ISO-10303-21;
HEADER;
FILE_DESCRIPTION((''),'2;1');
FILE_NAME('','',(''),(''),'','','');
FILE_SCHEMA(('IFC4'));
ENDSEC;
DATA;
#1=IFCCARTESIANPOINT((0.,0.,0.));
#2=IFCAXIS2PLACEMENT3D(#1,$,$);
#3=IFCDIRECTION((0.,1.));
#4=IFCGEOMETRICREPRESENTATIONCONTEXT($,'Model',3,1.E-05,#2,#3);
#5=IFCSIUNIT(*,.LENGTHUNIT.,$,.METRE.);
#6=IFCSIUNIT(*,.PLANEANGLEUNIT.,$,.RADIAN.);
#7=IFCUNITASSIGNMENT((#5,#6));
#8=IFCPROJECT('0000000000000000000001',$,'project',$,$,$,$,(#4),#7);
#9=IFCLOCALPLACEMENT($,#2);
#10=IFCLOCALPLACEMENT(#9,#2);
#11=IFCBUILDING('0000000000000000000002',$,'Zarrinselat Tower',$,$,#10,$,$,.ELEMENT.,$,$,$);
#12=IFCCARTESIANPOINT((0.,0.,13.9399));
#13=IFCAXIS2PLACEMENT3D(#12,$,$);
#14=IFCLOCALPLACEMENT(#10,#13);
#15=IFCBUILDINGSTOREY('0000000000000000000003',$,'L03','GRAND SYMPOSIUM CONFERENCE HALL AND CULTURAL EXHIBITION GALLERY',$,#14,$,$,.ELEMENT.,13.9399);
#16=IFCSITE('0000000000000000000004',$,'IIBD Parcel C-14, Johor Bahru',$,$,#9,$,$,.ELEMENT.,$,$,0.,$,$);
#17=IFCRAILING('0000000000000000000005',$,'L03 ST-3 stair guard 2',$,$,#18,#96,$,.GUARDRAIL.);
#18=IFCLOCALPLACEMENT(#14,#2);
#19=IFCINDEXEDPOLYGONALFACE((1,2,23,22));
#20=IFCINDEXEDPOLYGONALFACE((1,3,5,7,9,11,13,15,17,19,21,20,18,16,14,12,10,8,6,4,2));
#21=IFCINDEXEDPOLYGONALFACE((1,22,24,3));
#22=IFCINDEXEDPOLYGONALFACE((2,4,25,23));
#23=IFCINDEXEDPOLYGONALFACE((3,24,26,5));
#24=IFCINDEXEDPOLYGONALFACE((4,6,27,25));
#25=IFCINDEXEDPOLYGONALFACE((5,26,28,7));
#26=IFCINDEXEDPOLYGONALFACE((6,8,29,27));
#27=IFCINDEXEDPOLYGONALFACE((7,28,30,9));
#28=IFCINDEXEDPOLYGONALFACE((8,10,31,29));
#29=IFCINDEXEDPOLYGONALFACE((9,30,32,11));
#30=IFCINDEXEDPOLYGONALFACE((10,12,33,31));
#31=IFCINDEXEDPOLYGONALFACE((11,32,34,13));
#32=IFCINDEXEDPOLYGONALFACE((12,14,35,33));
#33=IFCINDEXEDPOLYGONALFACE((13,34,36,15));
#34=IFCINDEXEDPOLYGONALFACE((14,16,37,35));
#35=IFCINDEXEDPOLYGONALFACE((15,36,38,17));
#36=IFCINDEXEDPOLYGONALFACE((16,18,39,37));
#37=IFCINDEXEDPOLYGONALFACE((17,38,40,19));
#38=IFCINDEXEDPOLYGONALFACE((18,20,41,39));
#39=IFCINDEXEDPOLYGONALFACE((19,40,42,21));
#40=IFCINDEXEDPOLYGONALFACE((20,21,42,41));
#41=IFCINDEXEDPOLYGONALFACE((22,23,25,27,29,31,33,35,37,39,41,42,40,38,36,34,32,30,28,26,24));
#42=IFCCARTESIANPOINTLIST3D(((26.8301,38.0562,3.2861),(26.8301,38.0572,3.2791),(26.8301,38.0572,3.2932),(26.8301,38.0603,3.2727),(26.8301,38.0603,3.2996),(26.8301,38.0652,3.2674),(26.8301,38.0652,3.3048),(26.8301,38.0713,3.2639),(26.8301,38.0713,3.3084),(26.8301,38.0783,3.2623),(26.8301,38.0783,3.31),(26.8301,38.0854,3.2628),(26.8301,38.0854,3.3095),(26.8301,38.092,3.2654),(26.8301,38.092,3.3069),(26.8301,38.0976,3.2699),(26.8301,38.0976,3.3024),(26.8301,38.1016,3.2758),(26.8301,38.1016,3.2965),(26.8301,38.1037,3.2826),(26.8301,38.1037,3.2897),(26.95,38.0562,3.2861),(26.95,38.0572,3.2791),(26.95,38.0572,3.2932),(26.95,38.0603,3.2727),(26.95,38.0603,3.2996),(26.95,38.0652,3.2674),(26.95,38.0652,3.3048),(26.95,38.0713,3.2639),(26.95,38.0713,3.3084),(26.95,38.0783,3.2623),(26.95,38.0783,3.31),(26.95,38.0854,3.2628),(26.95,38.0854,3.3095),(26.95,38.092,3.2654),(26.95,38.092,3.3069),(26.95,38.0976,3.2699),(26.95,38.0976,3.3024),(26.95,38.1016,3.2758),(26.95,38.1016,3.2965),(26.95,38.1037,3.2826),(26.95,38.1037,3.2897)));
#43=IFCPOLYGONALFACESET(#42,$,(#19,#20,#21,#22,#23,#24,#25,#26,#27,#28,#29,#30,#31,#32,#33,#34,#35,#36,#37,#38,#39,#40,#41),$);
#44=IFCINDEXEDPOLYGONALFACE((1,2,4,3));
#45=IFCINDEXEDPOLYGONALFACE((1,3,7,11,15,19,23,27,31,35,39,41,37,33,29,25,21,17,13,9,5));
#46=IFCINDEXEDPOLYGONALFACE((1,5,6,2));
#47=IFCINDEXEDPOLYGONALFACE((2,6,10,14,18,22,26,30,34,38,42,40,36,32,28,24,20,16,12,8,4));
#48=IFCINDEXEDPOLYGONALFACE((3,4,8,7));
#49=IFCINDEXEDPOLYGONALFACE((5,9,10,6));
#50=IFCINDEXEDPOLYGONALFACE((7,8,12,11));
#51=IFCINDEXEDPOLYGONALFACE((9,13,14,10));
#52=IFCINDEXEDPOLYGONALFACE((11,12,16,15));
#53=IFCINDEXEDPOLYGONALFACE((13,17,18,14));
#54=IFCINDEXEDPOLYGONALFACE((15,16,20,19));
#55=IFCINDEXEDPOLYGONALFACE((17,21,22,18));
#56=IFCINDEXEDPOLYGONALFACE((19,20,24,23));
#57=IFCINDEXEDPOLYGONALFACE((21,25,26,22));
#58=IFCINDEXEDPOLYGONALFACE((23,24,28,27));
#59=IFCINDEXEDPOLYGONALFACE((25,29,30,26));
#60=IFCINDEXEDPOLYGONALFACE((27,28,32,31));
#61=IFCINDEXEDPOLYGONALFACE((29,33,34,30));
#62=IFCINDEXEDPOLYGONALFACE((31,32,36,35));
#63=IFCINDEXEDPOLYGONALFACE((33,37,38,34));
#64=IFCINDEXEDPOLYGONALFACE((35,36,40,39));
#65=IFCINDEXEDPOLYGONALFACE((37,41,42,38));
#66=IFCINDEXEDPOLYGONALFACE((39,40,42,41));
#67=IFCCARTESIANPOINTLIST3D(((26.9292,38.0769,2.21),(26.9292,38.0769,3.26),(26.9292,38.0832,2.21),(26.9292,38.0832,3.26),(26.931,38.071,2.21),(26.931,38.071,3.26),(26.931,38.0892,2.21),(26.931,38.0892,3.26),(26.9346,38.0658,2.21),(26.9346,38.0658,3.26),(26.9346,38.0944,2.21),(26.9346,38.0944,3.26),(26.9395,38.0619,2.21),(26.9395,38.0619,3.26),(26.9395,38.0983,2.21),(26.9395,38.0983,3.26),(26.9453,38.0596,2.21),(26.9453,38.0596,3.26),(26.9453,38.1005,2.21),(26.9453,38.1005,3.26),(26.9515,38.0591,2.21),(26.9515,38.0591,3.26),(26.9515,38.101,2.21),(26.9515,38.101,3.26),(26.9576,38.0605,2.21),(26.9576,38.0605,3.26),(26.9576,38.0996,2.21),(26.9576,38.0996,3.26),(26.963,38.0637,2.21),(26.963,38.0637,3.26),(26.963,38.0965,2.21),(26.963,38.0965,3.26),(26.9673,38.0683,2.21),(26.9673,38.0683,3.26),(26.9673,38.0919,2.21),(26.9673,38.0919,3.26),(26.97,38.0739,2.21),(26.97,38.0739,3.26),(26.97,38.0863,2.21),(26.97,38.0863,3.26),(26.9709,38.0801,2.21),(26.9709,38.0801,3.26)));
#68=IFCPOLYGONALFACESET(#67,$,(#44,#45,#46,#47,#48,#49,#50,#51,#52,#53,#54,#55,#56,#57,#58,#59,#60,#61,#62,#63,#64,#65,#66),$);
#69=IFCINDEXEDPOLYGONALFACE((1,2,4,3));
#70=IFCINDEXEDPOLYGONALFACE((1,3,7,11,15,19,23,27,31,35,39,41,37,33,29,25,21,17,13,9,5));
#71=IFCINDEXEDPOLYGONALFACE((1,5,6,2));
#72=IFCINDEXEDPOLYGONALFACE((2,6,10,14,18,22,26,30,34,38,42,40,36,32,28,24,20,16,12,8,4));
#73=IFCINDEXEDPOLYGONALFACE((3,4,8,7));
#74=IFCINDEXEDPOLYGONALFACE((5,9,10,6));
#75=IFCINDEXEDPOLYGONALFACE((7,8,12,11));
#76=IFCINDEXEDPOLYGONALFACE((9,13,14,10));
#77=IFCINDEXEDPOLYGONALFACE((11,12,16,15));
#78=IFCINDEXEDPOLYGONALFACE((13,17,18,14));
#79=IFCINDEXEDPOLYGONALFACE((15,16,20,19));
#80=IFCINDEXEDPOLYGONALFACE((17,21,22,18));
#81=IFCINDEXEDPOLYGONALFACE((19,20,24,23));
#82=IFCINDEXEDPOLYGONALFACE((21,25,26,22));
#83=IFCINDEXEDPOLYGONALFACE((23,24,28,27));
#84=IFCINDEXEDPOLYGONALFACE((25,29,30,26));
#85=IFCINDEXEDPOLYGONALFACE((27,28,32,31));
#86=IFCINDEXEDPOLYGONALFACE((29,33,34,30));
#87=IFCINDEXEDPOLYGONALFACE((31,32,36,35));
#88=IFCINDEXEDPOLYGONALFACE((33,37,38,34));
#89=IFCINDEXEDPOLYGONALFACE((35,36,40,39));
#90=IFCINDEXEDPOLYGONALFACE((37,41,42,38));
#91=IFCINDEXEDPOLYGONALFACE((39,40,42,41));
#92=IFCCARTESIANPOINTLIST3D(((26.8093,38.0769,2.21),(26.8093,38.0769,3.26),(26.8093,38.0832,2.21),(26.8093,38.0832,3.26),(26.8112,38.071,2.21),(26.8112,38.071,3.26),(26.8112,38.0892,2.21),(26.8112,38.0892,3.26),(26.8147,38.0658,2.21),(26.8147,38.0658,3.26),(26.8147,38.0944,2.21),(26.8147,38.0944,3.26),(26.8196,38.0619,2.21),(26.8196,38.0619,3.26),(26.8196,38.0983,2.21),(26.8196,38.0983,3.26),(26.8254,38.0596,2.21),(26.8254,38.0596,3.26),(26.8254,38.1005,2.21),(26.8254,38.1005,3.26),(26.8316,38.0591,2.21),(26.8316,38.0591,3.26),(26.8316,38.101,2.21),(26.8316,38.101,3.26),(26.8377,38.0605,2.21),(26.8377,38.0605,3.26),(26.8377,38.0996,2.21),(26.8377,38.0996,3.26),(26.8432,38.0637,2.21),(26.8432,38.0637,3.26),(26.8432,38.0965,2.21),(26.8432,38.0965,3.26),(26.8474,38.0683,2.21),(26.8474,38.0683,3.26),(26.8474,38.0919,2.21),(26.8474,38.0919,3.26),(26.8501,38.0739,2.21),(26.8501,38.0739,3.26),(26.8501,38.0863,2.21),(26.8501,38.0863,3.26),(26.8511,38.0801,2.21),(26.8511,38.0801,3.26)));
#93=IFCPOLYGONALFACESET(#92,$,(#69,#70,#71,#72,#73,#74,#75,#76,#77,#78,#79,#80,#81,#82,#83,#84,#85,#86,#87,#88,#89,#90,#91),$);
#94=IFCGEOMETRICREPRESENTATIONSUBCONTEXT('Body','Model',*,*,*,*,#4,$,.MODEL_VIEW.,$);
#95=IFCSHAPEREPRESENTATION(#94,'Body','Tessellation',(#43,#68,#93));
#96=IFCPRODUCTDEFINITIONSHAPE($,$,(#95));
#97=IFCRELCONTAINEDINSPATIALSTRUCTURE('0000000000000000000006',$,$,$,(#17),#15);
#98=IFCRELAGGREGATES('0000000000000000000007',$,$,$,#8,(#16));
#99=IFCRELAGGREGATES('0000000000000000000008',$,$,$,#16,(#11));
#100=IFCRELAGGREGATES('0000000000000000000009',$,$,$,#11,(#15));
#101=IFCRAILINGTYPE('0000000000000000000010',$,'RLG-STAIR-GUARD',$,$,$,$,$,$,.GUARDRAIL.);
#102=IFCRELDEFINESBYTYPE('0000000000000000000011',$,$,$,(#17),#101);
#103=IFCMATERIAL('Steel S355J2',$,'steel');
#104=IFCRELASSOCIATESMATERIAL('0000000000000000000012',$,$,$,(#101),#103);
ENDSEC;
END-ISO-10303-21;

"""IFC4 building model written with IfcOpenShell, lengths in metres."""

from ifc_helpers import new_model, si_unit, direction, frame, origin, origin_2d, place, context, subcontext, project, spatial, circle, extrude, material, type_object, element, save


model = new_model("IFC4")

# Units and contexts
model_context = context("Model", 3, precision=1e-05, world=origin(), true_north=direction((0.0, 1.0)))
body_context = subcontext(model_context, "Body", "Model", "MODEL_VIEW")
ifc_project = project(units=[si_unit("LENGTHUNIT", "METRE"), si_unit("PLANEANGLEUNIT", "RADIAN")], contexts=[model_context])

# Site, building, storey
site_placement = place(None, origin())
site = spatial("IfcSite", under=ifc_project, at=site_placement, Name="IIBD Parcel C-14, Johor Bahru", CompositionType="ELEMENT", RefElevation=0.0)
building_placement = place(site_placement, origin())
building = spatial("IfcBuilding", under=site, at=building_placement, Name="Zarrinselat Tower", CompositionType="ELEMENT")
storey_placement = place(building_placement, frame((0.0, 0.0, 13.9399)))
storey = spatial("IfcBuildingStorey", under=building, at=storey_placement, Name="L03", Description="GRAND SYMPOSIUM CONFERENCE HALL AND CULTURAL EXHIBITION GALLERY", CompositionType="ELEMENT", Elevation=13.9399)

# Railing
ifc_material_1 = material(Name="Steel S355J2", Category="steel")
railing_type_1 = type_object("IfcRailingType", Name="RLG-STAIR-GUARD", PredefinedType="GUARDRAIL", material=ifc_material_1)
railing_1_placement = place(storey_placement, frame((26.95, 38.0801, 2.21)))
element("IfcRailing", 1, at=railing_1_placement, inside=storey, type_object=railing_type_1, Name="L03 ST-3 stair guard 2", PredefinedType="GUARDRAIL", context=body_context, shape_type="SweptSolid", body=[
    extrude(circle(Radius=0.0239, at=origin_2d()), frame((0.0, 0.0, 1.0762), z_axis=(-1.0, 0.0, 0.0), x_axis=(0.0, -1.0, 0.0)), (0.0, 0.0, 1.0), 0.1199),
    extrude(circle(Radius=0.021, at=origin_2d()), origin(), (0.0, 0.0, 1.0), 1.05),
    extrude(circle(Radius=0.021, at=origin_2d()), frame((-0.1199, 0.0, 0.0)), (0.0, 0.0, 1.0), 1.05),
])

save(model, "model.ifc")
